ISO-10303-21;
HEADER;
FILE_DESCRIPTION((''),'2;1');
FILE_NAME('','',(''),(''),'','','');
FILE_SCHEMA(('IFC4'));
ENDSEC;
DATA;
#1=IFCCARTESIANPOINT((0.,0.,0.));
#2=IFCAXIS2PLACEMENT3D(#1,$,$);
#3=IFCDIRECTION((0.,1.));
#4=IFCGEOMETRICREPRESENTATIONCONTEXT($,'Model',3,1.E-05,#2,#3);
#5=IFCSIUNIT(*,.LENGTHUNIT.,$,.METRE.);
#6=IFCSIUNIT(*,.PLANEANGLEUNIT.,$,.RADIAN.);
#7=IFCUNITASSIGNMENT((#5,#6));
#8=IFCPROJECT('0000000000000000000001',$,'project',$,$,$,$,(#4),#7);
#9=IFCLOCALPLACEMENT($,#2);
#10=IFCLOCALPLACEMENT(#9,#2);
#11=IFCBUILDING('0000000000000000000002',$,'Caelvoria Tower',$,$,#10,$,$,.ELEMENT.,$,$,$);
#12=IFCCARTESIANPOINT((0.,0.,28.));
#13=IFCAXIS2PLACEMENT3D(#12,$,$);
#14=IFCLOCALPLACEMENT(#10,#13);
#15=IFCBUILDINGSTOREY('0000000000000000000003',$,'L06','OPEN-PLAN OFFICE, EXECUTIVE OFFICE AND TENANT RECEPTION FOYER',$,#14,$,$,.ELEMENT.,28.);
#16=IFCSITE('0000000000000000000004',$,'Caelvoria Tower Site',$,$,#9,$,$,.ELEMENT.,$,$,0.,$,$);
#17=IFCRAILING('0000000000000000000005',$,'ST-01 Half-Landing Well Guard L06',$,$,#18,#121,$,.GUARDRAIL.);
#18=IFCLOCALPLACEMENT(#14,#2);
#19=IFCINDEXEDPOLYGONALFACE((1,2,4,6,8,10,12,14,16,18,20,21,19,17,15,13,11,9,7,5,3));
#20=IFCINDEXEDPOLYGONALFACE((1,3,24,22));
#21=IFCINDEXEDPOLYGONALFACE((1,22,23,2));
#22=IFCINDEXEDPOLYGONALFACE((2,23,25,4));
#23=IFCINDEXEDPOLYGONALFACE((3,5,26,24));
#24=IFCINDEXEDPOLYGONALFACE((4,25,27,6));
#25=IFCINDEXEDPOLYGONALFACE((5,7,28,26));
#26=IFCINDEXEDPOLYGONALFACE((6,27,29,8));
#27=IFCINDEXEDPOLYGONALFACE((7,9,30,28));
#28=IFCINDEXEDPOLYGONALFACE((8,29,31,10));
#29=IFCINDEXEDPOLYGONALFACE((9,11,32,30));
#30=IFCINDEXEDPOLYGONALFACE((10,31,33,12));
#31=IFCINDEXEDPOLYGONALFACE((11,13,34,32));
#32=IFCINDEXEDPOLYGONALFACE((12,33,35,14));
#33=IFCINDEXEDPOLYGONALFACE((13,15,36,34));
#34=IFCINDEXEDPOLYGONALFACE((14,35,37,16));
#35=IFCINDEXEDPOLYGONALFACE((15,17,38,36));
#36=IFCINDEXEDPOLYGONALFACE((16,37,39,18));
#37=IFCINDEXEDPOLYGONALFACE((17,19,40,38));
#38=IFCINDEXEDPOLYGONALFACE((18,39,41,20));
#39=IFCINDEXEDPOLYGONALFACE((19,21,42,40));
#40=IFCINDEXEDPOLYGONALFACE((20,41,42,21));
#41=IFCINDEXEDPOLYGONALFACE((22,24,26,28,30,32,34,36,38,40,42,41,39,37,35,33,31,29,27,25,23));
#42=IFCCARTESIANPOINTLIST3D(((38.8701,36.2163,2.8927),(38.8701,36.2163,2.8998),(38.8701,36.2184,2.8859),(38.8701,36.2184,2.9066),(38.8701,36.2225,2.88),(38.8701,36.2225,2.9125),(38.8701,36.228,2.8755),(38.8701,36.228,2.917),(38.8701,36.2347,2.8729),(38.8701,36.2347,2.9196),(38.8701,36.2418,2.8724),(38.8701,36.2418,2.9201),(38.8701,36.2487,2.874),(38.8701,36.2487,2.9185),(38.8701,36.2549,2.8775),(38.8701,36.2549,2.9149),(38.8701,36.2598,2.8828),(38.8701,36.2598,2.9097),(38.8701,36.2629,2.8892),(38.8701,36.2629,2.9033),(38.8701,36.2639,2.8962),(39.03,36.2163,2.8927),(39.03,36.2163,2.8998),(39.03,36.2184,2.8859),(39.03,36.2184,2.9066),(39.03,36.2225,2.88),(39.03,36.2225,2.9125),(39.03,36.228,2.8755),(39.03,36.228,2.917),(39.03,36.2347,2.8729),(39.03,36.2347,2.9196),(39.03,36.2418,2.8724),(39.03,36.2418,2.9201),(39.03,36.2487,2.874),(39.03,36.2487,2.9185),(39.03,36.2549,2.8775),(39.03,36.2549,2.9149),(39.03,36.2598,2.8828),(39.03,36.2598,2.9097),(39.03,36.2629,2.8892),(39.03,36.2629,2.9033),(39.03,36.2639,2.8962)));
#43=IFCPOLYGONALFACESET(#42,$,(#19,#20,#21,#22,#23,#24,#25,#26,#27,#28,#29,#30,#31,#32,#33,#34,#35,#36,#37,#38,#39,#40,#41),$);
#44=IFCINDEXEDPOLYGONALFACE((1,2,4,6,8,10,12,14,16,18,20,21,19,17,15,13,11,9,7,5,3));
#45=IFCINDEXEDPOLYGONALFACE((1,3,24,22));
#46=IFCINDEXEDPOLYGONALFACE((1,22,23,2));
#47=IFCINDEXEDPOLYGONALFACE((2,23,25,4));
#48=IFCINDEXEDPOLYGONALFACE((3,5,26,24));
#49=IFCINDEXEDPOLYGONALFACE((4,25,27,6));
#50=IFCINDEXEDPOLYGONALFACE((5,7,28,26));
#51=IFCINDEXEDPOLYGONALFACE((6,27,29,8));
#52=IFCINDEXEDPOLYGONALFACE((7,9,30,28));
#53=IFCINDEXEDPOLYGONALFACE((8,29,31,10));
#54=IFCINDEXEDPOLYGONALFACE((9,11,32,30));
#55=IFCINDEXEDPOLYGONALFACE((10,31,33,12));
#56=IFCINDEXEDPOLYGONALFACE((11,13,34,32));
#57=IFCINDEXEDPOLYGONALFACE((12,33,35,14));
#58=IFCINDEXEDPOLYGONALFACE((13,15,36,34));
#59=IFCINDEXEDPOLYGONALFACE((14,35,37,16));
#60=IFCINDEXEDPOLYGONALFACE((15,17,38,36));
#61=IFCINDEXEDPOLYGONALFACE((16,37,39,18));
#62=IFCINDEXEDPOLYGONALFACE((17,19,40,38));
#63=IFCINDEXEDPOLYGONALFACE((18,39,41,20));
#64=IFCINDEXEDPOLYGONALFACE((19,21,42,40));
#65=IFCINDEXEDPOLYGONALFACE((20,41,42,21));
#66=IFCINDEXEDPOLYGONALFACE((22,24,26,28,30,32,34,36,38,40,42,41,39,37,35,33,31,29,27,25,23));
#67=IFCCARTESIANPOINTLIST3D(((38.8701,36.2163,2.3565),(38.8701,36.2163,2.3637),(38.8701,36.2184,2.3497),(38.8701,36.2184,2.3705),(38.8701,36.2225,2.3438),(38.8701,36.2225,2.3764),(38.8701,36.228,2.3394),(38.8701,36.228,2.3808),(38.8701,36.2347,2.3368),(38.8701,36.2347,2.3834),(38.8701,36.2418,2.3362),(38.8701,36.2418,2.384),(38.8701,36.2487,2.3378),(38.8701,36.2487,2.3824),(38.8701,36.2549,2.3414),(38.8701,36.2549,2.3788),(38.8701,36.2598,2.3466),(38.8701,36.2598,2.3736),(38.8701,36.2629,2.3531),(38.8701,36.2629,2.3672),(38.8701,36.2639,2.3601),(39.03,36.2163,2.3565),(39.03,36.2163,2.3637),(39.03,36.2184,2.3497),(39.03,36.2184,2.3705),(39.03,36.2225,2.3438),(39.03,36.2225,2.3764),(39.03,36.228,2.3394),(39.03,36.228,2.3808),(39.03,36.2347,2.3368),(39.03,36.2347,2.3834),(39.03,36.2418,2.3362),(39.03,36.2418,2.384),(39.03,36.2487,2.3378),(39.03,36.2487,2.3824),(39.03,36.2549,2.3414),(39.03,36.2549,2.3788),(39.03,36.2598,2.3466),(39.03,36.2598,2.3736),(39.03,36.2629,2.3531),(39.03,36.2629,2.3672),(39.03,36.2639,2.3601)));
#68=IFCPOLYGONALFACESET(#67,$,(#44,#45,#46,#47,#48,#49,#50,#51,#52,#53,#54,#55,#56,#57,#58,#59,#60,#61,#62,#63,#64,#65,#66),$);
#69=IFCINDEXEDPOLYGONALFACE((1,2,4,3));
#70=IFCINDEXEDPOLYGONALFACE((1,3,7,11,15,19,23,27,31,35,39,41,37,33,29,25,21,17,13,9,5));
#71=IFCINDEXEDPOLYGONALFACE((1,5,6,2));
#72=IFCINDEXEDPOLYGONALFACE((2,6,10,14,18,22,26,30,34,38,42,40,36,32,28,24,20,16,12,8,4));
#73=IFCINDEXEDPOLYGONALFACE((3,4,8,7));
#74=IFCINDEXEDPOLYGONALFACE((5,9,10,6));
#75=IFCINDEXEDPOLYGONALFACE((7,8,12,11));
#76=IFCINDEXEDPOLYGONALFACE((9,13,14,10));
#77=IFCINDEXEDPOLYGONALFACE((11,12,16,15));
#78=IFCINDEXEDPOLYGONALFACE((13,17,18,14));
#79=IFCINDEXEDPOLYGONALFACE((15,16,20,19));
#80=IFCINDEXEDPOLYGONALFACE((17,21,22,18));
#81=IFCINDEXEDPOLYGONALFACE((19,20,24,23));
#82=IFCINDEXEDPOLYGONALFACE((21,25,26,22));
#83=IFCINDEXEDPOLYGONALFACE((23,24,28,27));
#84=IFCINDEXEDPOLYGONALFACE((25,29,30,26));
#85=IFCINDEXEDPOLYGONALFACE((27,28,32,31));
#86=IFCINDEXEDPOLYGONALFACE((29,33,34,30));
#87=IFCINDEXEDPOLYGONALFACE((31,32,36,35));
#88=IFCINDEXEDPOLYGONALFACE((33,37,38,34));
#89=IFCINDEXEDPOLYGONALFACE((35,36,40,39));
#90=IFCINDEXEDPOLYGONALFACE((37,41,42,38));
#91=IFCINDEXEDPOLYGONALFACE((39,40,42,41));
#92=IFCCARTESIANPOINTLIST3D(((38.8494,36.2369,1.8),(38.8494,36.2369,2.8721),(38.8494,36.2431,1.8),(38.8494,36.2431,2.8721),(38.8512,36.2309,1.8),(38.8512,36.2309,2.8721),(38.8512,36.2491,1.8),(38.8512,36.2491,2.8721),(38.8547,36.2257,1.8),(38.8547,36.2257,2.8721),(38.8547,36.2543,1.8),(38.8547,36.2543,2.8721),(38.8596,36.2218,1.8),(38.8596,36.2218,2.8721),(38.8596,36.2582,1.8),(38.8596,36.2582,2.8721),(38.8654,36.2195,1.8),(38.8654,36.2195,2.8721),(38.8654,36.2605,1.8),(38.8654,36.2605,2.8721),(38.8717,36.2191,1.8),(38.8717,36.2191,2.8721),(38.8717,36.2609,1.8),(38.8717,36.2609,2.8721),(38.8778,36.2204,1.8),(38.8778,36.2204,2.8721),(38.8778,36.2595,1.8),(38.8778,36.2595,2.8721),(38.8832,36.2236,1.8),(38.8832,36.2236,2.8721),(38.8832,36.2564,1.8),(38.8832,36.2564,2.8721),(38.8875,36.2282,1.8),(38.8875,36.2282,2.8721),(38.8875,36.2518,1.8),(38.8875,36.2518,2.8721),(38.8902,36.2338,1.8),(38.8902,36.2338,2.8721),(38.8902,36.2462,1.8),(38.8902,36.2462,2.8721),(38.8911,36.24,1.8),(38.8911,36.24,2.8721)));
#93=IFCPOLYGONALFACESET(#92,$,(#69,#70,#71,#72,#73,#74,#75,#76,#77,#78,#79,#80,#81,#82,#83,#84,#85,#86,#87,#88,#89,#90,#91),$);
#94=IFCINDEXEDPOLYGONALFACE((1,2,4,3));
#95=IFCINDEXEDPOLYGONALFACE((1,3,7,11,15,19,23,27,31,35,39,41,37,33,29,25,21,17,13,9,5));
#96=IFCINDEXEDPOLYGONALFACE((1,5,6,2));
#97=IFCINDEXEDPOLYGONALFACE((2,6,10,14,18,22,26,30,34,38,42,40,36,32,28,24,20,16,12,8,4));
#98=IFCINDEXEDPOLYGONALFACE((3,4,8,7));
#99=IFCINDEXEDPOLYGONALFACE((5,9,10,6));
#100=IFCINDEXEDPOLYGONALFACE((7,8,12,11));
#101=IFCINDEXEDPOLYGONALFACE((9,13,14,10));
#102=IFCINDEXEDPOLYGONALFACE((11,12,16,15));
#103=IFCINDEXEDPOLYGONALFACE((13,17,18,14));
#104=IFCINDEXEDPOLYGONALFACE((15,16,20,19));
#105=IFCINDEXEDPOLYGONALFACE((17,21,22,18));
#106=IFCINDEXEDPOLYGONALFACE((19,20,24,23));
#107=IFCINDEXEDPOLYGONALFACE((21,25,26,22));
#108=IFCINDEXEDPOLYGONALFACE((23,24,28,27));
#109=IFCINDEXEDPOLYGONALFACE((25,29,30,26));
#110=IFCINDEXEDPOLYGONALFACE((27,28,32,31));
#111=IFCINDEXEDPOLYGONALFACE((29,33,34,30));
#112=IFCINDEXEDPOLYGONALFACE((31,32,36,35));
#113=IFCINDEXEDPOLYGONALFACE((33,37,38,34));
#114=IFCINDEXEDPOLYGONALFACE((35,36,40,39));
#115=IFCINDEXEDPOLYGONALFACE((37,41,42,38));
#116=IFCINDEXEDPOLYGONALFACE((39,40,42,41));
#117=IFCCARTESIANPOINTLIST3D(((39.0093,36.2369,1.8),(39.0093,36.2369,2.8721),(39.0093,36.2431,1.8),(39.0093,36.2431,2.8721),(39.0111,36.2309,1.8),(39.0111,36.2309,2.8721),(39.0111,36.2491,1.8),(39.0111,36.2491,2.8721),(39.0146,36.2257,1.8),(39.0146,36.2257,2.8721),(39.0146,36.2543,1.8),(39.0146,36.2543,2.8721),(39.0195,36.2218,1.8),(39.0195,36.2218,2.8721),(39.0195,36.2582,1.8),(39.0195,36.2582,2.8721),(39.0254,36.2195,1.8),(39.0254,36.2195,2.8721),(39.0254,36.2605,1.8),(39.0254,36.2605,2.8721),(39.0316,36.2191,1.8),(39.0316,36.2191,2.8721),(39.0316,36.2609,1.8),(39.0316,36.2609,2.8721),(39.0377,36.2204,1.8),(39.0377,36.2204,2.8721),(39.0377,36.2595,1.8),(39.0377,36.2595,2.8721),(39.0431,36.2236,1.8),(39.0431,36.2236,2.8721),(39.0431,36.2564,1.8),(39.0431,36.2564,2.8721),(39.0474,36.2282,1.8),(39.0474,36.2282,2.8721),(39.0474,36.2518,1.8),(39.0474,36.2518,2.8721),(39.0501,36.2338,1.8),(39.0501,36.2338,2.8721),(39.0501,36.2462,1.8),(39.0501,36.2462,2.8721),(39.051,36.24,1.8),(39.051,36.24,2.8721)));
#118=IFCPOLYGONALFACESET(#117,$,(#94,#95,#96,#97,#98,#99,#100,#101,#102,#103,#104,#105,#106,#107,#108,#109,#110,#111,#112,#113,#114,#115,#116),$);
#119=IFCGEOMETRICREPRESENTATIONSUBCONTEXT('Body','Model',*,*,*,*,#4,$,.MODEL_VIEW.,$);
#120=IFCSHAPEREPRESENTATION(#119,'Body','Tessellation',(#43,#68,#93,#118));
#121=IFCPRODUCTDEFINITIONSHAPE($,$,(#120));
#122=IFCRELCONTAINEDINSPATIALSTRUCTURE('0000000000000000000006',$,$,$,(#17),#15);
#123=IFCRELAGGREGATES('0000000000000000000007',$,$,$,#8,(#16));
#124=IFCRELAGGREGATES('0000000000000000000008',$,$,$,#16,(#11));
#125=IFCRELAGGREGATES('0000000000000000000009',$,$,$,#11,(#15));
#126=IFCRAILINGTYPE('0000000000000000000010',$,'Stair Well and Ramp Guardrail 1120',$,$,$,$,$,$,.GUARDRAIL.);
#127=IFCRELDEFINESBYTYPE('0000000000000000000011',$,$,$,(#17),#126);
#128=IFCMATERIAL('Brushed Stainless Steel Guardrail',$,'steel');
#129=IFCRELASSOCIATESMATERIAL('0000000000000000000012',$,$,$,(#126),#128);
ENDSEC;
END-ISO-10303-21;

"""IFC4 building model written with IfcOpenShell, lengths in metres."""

from ifc_helpers import new_model, si_unit, direction, frame, origin, origin_2d, place, context, subcontext, project, spatial, circle, extrude, material, type_object, element, save


model = new_model("IFC4")

# Units and contexts
model_context = context("Model", 3, precision=1e-05, world=origin(), true_north=direction((0.0, 1.0)))
body_context = subcontext(model_context, "Body", "Model", "MODEL_VIEW")
ifc_project = project(units=[si_unit("LENGTHUNIT", "METRE"), si_unit("PLANEANGLEUNIT", "RADIAN")], contexts=[model_context])

# Site, building, storey
site_placement = place(None, origin())
site = spatial("IfcSite", under=ifc_project, at=site_placement, Name="Caelvoria Tower Site", CompositionType="ELEMENT", RefElevation=0.0)
building_placement = place(site_placement, origin())
building = spatial("IfcBuilding", under=site, at=building_placement, Name="Caelvoria Tower", CompositionType="ELEMENT")
storey_placement = place(building_placement, frame((0.0, 0.0, 28.0)))
storey = spatial("IfcBuildingStorey", under=building, at=storey_placement, Name="L06", Description="OPEN-PLAN OFFICE, EXECUTIVE OFFICE AND TENANT RECEPTION FOYER", CompositionType="ELEMENT", Elevation=28.0)

# Railing
ifc_material_1 = material(Name="Brushed Stainless Steel Guardrail", Category="steel")
railing_type_1 = type_object("IfcRailingType", Name="Stair Well and Ramp Guardrail 1120", PredefinedType="GUARDRAIL", material=ifc_material_1)
railing_1_placement = place(storey_placement, frame((38.8701, 36.24, 1.8)))
element("IfcRailing", 1, at=railing_1_placement, inside=storey, type_object=railing_type_1, Name="ST-01 Half-Landing Well Guard L06", PredefinedType="GUARDRAIL", context=body_context, shape_type="SweptSolid", body=[
    extrude(circle(Radius=0.0239, at=origin_2d()), frame((0.0, 0.0, 1.0962), z_axis=(1.0, 0.0, 0.0), x_axis=(0.0, 1.0, 0.0)), (0.0, 0.0, 1.0), 0.1599),
    extrude(circle(Radius=0.0239, at=origin_2d()), frame((0.0, 0.0, 0.5601), z_axis=(1.0, 0.0, 0.0), x_axis=(0.0, 1.0, 0.0)), (0.0, 0.0, 1.0), 0.1599),
    extrude(circle(Radius=0.021, at=origin_2d()), origin(), (0.0, 0.0, 1.0), 1.072),
    extrude(circle(Radius=0.021, at=origin_2d()), frame((0.1599, 0.0, 0.0)), (0.0, 0.0, 1.0), 1.072),
])

save(model, "model.ifc")
